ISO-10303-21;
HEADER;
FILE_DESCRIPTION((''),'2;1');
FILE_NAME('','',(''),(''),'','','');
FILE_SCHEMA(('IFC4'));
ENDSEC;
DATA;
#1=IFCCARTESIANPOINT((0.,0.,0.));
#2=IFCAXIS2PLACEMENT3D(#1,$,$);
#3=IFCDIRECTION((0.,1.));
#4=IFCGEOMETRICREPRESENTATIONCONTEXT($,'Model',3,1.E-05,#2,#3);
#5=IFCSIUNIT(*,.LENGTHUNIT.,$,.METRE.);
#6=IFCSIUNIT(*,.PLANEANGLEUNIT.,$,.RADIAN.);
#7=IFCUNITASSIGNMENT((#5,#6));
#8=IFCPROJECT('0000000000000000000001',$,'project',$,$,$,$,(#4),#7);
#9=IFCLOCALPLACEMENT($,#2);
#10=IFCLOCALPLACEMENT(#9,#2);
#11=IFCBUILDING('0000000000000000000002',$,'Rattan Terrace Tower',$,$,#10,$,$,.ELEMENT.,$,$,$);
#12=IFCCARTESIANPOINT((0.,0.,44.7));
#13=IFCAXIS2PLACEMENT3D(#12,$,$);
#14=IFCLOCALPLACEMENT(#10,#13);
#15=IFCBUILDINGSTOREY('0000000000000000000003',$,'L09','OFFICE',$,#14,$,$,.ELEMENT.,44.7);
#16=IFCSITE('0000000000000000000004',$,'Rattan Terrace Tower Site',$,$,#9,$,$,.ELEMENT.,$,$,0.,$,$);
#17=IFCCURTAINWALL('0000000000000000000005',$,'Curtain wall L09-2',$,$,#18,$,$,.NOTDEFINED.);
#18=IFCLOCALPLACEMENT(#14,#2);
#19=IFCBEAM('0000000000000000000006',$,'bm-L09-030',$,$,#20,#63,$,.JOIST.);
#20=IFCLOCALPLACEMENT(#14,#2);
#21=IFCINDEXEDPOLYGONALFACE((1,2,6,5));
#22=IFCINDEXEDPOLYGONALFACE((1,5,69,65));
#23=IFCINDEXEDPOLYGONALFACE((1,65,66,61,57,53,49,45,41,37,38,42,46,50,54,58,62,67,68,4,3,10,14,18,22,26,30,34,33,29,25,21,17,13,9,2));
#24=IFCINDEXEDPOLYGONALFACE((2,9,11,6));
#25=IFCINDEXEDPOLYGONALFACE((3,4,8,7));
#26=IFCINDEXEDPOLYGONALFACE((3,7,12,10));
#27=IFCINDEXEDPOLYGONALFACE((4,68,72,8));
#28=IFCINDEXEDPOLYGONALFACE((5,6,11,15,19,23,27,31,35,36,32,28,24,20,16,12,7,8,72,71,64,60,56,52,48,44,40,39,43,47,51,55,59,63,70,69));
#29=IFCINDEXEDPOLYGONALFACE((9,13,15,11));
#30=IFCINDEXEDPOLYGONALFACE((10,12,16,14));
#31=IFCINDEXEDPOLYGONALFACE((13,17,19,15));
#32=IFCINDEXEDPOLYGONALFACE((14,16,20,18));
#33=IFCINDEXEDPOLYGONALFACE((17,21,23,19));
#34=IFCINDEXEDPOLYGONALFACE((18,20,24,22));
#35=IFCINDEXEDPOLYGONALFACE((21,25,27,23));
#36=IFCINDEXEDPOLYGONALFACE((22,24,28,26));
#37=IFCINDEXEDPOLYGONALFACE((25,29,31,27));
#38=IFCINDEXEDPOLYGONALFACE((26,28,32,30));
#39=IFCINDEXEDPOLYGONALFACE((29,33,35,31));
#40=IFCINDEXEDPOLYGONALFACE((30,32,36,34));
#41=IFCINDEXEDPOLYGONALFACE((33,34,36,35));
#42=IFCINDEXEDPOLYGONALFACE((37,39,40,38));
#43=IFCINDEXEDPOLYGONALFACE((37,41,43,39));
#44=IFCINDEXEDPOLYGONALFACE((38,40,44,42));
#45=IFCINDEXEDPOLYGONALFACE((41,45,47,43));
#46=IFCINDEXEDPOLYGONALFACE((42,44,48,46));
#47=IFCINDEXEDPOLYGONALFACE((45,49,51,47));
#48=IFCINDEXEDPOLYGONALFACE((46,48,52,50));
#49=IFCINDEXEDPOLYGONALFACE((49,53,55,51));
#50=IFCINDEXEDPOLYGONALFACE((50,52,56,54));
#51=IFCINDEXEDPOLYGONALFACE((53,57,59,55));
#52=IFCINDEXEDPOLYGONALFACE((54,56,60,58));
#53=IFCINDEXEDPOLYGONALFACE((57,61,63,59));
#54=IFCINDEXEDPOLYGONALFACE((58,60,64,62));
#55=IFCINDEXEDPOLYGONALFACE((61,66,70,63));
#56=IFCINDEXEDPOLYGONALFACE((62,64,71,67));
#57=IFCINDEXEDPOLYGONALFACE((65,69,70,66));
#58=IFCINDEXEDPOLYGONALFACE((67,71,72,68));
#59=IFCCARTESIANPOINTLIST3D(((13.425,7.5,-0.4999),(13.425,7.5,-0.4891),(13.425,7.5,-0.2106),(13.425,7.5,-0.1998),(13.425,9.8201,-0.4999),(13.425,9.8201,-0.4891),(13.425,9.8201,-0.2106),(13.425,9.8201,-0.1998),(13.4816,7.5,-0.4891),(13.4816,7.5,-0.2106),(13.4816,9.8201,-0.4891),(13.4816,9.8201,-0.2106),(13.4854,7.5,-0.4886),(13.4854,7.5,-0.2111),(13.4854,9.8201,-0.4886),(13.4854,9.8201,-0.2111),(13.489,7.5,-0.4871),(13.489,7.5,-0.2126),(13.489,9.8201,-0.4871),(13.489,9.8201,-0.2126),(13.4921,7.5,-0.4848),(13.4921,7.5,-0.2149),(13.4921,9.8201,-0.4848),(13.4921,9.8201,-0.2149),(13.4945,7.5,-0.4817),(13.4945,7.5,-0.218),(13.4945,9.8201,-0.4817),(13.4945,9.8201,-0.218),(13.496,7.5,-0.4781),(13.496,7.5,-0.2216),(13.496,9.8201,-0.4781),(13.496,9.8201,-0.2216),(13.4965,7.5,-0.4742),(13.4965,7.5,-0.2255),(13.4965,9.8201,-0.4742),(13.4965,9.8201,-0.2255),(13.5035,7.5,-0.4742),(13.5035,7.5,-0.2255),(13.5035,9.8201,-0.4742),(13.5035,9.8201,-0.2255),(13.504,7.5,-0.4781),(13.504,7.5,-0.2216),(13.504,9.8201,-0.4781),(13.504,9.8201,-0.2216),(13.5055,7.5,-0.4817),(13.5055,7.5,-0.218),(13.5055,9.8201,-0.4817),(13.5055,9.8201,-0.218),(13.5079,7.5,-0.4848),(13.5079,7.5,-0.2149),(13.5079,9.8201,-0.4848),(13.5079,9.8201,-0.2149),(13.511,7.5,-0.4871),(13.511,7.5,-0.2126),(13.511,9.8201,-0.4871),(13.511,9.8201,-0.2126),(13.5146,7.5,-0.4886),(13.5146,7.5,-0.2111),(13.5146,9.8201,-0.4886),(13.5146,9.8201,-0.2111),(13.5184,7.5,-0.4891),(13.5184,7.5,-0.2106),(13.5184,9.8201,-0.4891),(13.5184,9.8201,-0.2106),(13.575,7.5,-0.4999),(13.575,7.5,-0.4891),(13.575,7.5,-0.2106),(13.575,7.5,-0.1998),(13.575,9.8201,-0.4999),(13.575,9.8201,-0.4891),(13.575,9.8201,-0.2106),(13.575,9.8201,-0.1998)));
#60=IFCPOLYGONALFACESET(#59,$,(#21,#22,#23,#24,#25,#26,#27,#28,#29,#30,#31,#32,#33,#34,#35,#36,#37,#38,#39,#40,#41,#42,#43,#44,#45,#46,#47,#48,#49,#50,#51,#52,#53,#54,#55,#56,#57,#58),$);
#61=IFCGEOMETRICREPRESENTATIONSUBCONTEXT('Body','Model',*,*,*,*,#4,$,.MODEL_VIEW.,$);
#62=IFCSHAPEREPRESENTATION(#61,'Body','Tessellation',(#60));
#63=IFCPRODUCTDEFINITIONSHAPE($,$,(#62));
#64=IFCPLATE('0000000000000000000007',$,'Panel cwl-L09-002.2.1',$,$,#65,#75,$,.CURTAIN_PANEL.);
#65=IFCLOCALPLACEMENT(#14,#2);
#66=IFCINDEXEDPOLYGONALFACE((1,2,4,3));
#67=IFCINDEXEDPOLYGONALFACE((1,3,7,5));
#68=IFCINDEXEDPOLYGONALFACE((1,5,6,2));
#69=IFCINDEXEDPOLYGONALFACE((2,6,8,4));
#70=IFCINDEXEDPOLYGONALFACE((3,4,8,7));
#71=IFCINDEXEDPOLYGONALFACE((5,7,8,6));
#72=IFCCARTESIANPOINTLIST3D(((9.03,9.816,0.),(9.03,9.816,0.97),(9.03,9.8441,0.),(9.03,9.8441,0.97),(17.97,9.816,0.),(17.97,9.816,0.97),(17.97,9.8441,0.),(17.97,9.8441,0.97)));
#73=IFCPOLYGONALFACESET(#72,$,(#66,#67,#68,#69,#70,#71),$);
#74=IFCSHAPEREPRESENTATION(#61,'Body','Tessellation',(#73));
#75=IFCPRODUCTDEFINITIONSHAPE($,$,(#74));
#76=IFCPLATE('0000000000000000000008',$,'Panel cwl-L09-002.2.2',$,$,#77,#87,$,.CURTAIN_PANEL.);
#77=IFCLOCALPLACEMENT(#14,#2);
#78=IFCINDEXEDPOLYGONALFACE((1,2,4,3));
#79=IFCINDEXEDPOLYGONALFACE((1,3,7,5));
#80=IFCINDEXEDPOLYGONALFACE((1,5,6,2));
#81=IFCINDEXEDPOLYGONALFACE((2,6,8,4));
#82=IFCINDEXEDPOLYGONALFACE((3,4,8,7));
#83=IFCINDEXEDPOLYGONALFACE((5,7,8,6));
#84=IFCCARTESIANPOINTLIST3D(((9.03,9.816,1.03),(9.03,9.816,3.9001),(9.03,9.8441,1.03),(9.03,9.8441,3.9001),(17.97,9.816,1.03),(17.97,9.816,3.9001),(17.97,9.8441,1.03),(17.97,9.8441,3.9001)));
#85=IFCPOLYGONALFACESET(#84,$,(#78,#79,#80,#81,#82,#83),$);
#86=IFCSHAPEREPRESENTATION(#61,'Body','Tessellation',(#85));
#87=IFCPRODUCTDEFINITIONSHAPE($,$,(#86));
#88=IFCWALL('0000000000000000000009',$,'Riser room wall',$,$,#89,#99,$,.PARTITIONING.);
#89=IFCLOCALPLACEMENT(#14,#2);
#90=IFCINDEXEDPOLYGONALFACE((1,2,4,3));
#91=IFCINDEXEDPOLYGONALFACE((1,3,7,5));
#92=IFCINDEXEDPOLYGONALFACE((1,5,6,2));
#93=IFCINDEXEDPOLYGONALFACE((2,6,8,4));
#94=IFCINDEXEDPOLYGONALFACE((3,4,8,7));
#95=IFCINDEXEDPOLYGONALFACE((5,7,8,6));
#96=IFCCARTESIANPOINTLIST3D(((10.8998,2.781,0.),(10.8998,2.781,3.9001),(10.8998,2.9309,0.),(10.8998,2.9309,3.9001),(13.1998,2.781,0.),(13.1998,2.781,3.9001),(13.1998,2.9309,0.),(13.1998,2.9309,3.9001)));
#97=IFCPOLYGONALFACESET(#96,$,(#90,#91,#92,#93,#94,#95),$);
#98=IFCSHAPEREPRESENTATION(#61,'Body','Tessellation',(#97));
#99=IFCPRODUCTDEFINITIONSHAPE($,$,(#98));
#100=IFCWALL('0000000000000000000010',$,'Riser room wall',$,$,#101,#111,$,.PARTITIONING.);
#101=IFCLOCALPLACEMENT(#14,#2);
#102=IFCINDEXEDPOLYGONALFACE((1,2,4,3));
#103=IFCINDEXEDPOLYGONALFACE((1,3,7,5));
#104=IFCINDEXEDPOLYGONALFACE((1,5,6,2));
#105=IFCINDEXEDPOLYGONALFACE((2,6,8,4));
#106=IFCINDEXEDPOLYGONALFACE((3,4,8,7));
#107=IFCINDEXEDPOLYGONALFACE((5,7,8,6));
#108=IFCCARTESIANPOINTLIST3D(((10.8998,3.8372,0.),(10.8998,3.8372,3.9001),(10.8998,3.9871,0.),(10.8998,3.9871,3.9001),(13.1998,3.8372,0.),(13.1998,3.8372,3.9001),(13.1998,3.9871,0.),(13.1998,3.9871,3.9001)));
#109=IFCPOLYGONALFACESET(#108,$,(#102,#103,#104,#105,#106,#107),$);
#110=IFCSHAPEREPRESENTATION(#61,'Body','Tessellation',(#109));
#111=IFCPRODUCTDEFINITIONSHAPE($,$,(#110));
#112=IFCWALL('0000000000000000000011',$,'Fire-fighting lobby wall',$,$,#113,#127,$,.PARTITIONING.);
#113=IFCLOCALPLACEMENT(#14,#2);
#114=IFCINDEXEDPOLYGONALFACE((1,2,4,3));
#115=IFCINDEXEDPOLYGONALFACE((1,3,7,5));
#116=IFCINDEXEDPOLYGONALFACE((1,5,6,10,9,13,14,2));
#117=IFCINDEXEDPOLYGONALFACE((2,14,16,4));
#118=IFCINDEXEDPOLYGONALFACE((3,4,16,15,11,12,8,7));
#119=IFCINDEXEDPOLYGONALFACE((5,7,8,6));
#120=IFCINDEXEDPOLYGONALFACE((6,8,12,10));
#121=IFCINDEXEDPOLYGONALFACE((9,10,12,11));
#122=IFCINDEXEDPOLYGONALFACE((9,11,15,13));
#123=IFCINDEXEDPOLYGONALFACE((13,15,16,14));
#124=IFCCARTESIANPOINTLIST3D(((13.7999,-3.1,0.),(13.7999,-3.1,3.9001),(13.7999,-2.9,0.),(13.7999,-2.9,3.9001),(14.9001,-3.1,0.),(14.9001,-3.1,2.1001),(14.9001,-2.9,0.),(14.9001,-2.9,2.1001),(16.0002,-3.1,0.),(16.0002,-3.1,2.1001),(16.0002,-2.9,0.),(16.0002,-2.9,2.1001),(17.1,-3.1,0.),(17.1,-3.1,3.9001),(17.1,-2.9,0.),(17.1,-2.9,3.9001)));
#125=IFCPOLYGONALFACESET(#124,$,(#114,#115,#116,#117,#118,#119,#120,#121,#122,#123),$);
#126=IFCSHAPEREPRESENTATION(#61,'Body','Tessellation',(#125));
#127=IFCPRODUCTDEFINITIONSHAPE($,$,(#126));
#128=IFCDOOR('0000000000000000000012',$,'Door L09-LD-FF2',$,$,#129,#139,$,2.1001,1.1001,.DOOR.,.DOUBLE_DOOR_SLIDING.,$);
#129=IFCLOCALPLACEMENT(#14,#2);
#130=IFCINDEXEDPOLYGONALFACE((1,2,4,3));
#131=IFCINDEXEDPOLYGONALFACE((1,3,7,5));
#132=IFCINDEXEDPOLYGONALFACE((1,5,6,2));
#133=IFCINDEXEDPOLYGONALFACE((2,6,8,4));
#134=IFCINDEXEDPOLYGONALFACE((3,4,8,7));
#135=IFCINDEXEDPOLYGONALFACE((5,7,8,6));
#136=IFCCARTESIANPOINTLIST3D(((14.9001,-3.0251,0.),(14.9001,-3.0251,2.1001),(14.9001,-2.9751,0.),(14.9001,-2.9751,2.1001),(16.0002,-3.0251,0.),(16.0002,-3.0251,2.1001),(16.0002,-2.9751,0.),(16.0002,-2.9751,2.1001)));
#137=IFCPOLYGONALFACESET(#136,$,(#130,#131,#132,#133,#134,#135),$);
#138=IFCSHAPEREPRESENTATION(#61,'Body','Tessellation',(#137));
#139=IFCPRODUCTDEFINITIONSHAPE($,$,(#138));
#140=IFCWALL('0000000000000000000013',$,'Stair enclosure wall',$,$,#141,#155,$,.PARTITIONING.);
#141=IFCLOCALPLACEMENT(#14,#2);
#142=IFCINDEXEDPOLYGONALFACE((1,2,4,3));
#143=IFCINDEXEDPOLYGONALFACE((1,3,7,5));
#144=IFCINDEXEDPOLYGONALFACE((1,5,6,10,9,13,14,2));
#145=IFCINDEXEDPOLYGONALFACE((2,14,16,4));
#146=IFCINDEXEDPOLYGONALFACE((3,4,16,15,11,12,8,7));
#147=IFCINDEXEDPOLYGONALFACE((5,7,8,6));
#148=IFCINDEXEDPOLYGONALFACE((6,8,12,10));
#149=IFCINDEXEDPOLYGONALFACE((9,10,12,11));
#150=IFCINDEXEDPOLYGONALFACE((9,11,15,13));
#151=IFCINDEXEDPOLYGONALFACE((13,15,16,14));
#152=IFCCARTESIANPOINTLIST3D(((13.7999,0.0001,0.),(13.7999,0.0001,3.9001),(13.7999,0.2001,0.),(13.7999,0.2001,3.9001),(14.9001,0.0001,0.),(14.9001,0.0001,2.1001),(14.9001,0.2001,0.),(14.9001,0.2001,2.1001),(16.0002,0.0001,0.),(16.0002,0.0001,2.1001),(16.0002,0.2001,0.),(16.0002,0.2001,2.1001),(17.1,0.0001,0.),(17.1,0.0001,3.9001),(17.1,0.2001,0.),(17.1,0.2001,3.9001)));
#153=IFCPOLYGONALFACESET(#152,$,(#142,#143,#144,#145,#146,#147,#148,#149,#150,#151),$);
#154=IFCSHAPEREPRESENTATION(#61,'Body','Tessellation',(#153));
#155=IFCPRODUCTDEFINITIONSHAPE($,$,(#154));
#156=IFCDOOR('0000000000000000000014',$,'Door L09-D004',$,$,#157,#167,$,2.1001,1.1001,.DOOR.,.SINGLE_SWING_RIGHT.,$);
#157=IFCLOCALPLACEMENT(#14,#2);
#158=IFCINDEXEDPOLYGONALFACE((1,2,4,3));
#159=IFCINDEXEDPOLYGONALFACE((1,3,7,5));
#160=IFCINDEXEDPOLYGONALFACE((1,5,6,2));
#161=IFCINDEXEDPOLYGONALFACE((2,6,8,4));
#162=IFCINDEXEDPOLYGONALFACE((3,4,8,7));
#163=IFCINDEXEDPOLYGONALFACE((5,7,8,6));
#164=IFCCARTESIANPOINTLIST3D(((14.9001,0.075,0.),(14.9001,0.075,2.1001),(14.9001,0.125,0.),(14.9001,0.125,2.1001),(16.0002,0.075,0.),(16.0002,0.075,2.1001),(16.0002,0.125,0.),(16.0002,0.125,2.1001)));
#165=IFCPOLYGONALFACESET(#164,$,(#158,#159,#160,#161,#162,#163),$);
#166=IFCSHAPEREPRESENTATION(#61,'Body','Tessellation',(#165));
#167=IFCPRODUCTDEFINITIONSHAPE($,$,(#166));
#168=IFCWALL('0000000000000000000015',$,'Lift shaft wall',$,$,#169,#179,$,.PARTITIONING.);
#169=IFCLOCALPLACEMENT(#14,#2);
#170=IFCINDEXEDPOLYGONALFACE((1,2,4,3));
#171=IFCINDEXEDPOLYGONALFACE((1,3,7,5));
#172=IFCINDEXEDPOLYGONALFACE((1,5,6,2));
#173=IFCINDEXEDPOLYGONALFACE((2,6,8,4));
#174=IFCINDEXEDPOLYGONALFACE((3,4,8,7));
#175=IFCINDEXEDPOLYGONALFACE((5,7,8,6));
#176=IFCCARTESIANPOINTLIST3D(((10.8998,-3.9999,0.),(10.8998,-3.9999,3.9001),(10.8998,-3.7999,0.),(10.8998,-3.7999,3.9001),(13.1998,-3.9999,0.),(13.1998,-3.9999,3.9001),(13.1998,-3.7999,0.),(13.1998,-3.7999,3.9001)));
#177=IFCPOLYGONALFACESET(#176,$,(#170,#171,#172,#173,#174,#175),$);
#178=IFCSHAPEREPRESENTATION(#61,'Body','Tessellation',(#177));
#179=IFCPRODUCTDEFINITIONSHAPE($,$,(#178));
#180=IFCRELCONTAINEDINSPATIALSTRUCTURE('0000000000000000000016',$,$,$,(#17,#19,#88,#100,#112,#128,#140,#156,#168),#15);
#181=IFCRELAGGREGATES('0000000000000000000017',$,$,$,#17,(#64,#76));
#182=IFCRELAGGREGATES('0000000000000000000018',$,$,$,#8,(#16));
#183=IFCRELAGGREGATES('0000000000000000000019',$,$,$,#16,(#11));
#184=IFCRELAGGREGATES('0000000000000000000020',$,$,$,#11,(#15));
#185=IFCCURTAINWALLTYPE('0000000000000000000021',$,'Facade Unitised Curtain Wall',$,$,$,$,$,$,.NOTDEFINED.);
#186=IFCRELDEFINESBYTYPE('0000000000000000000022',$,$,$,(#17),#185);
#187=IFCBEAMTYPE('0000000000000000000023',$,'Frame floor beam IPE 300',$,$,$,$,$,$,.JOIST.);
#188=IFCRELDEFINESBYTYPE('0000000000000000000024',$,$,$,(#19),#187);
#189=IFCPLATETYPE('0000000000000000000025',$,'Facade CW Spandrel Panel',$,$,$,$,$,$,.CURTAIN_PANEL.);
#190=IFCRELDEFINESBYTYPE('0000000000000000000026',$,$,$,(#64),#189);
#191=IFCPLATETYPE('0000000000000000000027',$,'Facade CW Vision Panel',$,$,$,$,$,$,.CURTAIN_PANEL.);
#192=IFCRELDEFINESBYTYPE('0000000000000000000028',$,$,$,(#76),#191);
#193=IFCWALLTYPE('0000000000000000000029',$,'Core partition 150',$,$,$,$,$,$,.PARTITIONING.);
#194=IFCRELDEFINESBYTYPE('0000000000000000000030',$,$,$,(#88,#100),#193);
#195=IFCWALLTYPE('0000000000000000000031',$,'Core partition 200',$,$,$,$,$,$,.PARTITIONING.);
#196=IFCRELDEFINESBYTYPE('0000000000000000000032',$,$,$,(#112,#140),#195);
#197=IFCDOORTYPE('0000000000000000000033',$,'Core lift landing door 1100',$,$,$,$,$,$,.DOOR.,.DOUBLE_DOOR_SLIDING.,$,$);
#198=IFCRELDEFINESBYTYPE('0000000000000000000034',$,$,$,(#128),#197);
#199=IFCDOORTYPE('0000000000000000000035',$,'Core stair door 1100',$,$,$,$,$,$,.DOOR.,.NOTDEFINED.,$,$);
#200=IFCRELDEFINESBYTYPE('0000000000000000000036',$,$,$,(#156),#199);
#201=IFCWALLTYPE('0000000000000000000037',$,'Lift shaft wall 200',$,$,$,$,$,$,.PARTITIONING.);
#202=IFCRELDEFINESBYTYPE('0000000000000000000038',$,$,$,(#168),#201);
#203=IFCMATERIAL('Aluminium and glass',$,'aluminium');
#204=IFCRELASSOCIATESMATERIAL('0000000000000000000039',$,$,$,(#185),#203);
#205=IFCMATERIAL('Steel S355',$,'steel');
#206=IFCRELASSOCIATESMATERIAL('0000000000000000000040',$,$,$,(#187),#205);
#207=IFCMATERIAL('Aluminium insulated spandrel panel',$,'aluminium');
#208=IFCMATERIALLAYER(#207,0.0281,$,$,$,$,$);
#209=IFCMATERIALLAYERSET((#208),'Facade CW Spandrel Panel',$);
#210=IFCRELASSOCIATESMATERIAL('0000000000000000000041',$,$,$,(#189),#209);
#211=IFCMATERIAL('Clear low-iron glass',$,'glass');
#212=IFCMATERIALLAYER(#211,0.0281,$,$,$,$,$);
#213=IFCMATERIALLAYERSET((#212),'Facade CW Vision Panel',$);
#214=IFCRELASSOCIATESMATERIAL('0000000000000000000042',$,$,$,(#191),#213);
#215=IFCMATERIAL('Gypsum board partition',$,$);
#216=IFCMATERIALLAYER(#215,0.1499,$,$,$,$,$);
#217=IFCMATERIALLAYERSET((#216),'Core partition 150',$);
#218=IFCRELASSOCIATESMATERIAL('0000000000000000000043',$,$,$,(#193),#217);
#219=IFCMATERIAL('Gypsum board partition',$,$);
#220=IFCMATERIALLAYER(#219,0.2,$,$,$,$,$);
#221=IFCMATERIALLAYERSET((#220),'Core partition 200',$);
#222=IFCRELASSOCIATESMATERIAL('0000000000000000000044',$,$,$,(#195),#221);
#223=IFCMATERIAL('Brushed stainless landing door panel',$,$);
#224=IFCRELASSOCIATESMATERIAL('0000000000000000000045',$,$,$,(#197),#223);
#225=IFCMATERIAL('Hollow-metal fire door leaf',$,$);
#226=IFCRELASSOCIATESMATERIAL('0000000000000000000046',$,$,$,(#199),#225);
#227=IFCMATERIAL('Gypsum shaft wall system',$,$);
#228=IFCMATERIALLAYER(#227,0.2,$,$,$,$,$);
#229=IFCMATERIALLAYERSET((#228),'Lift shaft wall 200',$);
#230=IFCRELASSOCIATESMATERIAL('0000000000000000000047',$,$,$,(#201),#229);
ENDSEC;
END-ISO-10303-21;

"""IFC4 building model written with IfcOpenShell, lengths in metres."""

from ifc_helpers import new_model, si_unit, direction, frame, frame_2d, origin, origin_2d, place, context, subcontext, project, spatial, rectangle, i_section, extrude, material, layer, layer_set, material_profile, profile_set, type_object, element, fill, aggregate, save


model = new_model("IFC4")

# Units and contexts
model_context = context("Model", 3, precision=1e-05, world=origin(), true_north=direction((0.0, 1.0)))
body_context = subcontext(model_context, "Body", "Model", "MODEL_VIEW")
ifc_project = project(units=[si_unit("LENGTHUNIT", "METRE"), si_unit("PLANEANGLEUNIT", "RADIAN")], contexts=[model_context])

# Site, building, storey
site_placement = place(None, origin())
site = spatial("IfcSite", under=ifc_project, at=site_placement, Name="Rattan Terrace Tower Site", CompositionType="ELEMENT", RefElevation=0.0)
building_placement = place(site_placement, origin())
building = spatial("IfcBuilding", under=site, at=building_placement, Name="Rattan Terrace Tower", CompositionType="ELEMENT")
storey_placement = place(building_placement, frame((0.0, 0.0, 44.7)))
storey = spatial("IfcBuildingStorey", under=building, at=storey_placement, Name="L09", Description="OFFICE", CompositionType="ELEMENT", Elevation=44.7)

# Curtain wall
ifc_material_1 = material(Name="Aluminium and glass", Category="aluminium")
curtain_wall_type = type_object("IfcCurtainWallType", Name="Facade Unitised Curtain Wall", PredefinedType="NOTDEFINED", material=ifc_material_1)
curtain_wall_placement = place(storey_placement, origin())
curtain_wall = element("IfcCurtainWall", 1, at=curtain_wall_placement, inside=storey, type_object=curtain_wall_type, Name="Curtain wall L09-2", PredefinedType="NOTDEFINED")

# Beam
ifc_material_2 = material(Name="Steel S355", Category="steel")
ifc_material_profile_1 = material_profile(ifc_material_2, i_section(OverallWidth=0.1499, OverallDepth=0.3, WebThickness=0.0071, FlangeThickness=0.0107, FilletRadius=0.0149, at=origin_2d()), Name="IPE 300")
ifc_profile_set_1 = profile_set([ifc_material_profile_1], Name="Steel S355")
beam_type_1 = type_object("IfcBeamType", Name="Frame floor beam IPE 300", PredefinedType="JOIST", material=ifc_profile_set_1)
for number, where, z_axis, x_axis, name in (
    (2, (13.5, 7.5, -0.3499), (0.0, 1.0, 0.0), (-1.0, 0.0, 0.0), "bm-L09-030"),
):
    element("IfcBeam", number, at=place(storey_placement, frame(where, z_axis=z_axis, x_axis=x_axis)), inside=storey, type_object=beam_type_1, Name=name, PredefinedType="JOIST", context=body_context, shape_type="SweptSolid", body=[
        extrude(i_section(OverallWidth=0.1499, OverallDepth=0.3, WebThickness=0.0071, FlangeThickness=0.0107, FilletRadius=0.0149, at=origin_2d()), origin(), (0.0, 0.0, 1.0), 2.3201),
    ])

# Plates
ifc_material_3 = material(Name="Aluminium insulated spandrel panel", Category="aluminium")
ifc_layer_1 = layer(ifc_material_3, 0.0281)
ifc_layer_set_1 = layer_set([ifc_layer_1], Name="Facade CW Spandrel Panel")
plate_type_1 = type_object("IfcPlateType", Name="Facade CW Spandrel Panel", PredefinedType="CURTAIN_PANEL", material=ifc_layer_set_1)
plate_1_placement = place(storey_placement, frame((13.5, 9.8301, 0.0), z_axis=(0.0, 0.0, 1.0), x_axis=(-1.0, 0.0, 0.0)))
plate_1 = element("IfcPlate", 3, at=plate_1_placement, type_object=plate_type_1, Name="Panel cwl-L09-002.2.1", PredefinedType="CURTAIN_PANEL", context=body_context, shape_type="SweptSolid", body=[
    extrude(rectangle(XDim=8.9399, YDim=0.0281, at=origin_2d()), origin(), (0.0, 0.0, 1.0), 0.97),
])
ifc_material_4 = material(Name="Clear low-iron glass", Category="glass")
ifc_layer_2 = layer(ifc_material_4, 0.0281)
ifc_layer_set_2 = layer_set([ifc_layer_2], Name="Facade CW Vision Panel")
plate_type_2 = type_object("IfcPlateType", Name="Facade CW Vision Panel", PredefinedType="CURTAIN_PANEL", material=ifc_layer_set_2)
plate_2_placement = place(storey_placement, frame((13.5, 9.8301, 1.03), z_axis=(0.0, 0.0, 1.0), x_axis=(-1.0, 0.0, 0.0)))
plate_2 = element("IfcPlate", 4, at=plate_2_placement, type_object=plate_type_2, Name="Panel cwl-L09-002.2.2", PredefinedType="CURTAIN_PANEL", context=body_context, shape_type="SweptSolid", body=[
    extrude(rectangle(XDim=8.9399, YDim=0.0281, at=origin_2d()), origin(), (0.0, 0.0, 1.0), 2.8701),
])
aggregate(curtain_wall, [plate_1, plate_2])

# Walls
ifc_material_5 = material(Name="Gypsum board partition")
ifc_layer_3 = layer(ifc_material_5, 0.1499)
ifc_layer_set_3 = layer_set([ifc_layer_3], Name="Core partition 150")
wall_type_1 = type_object("IfcWallType", Name="Core partition 150", PredefinedType="PARTITIONING", material=ifc_layer_set_3)
for number, where, z_axis, x_axis, name in (
    (5, (10.8999, 2.856, 0.0), (0.0, 0.0, 1.0), (1.0, 0.0, 0.0), "Riser room wall"),
    (6, (10.8999, 3.9121, 0.0), (0.0, 0.0, 1.0), (1.0, 0.0, 0.0), "Riser room wall"),
):
    element("IfcWall", number, at=place(storey_placement, frame(where, z_axis=z_axis, x_axis=x_axis)), inside=storey, type_object=wall_type_1, Name=name, PredefinedType="PARTITIONING", context=body_context, shape_type="SweptSolid", body=[
        extrude(rectangle(XDim=2.3, YDim=0.1499, at=frame_2d((1.1499, 0.0))), origin(), (0.0, 0.0, 1.0), 3.9001),
    ])

# Walls, openings, doors
ifc_material_6 = material(Name="Gypsum board partition")
ifc_layer_4 = layer(ifc_material_6, 0.2)
ifc_layer_set_4 = layer_set([ifc_layer_4], Name="Core partition 200")
wall_type_2 = type_object("IfcWallType", Name="Core partition 200", PredefinedType="PARTITIONING", material=ifc_layer_set_4)
wall_1_placement = place(storey_placement, frame((13.8, -3.0, 0.0), z_axis=(0.0, 0.0, 1.0), x_axis=(1.0, 0.0, 0.0)))
wall_1 = element("IfcWall", 7, at=wall_1_placement, inside=storey, type_object=wall_type_2, Name="Fire-fighting lobby wall", PredefinedType="PARTITIONING", context=body_context, shape_type="SweptSolid", body=[
    extrude(rectangle(XDim=3.3, YDim=0.2, at=frame_2d((1.6499, 0.0))), origin(), (0.0, 0.0, 1.0), 3.9001),
])
opening_1_placement = place(wall_1_placement, frame((1.1001, 0.0, 0.0)))
opening_1 = element("IfcOpeningElement", 8, at=opening_1_placement, cuts=wall_1, PredefinedType="OPENING", context=body_context, shape_type="SweptSolid", body=[
    extrude(rectangle(XDim=1.1001, YDim=2.1001, at=frame_2d((0.55, 1.05))), frame((0.0, 0.1106, 0.0), z_axis=(0.0, -1.0, 0.0), x_axis=(1.0, 0.0, 0.0)), (0.0, 0.0, 1.0), 0.2209),
])
ifc_material_7 = material(Name="Brushed stainless landing door panel")
door_type_1 = type_object("IfcDoorType", Name="Core lift landing door 1100", OperationType="DOUBLE_DOOR_SLIDING", PredefinedType="DOOR", material=ifc_material_7)
door_1_placement = place(opening_1_placement, origin())
door_1 = element("IfcDoor", 9, at=door_1_placement, inside=storey, type_object=door_type_1, Name="Door L09-LD-FF2", OperationType="DOUBLE_DOOR_SLIDING", OverallHeight=2.1001, OverallWidth=1.1001, PredefinedType="DOOR", context=body_context, shape_type="SweptSolid", body=[
    extrude(rectangle(XDim=1.1001, YDim=2.1001, at=frame_2d((0.55, 1.05))), frame((0.0, 0.0249, 0.0), z_axis=(0.0, -1.0, 0.0), x_axis=(1.0, 0.0, 0.0)), (0.0, 0.0, 1.0), 0.05),
])
fill(opening_1, door_1)
wall_2_placement = place(storey_placement, frame((13.8, 0.1001, 0.0), z_axis=(0.0, 0.0, 1.0), x_axis=(1.0, 0.0, 0.0)))
wall_2 = element("IfcWall", 10, at=wall_2_placement, inside=storey, type_object=wall_type_2, Name="Stair enclosure wall", PredefinedType="PARTITIONING", context=body_context, shape_type="SweptSolid", body=[
    extrude(rectangle(XDim=3.3, YDim=0.2, at=frame_2d((1.6499, 0.0))), origin(), (0.0, 0.0, 1.0), 3.9001),
])
opening_2_placement = place(wall_2_placement, frame((1.1001, 0.0, 0.0)))
opening_2 = element("IfcOpeningElement", 11, at=opening_2_placement, cuts=wall_2, PredefinedType="OPENING", context=body_context, shape_type="SweptSolid", body=[
    extrude(rectangle(XDim=1.1001, YDim=2.1001, at=frame_2d((0.55, 1.05))), frame((0.0, 0.1106, 0.0), z_axis=(0.0, -1.0, 0.0), x_axis=(1.0, 0.0, 0.0)), (0.0, 0.0, 1.0), 0.2209),
])
ifc_material_8 = material(Name="Hollow-metal fire door leaf")
door_type_2 = type_object("IfcDoorType", Name="Core stair door 1100", OperationType="NOTDEFINED", PredefinedType="DOOR", material=ifc_material_8)
door_2_placement = place(opening_2_placement, origin())
door_2 = element("IfcDoor", 12, at=door_2_placement, inside=storey, type_object=door_type_2, Name="Door L09-D004", OperationType="SINGLE_SWING_RIGHT", OverallHeight=2.1001, OverallWidth=1.1001, PredefinedType="DOOR", context=body_context, shape_type="SweptSolid", body=[
    extrude(rectangle(XDim=1.1001, YDim=2.1001, at=frame_2d((0.55, 1.05))), frame((0.0, 0.0249, 0.0), z_axis=(0.0, -1.0, 0.0), x_axis=(1.0, 0.0, 0.0)), (0.0, 0.0, 1.0), 0.05),
])
fill(opening_2, door_2)

# Wall
ifc_material_9 = material(Name="Gypsum shaft wall system")
ifc_layer_5 = layer(ifc_material_9, 0.2)
ifc_layer_set_5 = layer_set([ifc_layer_5], Name="Lift shaft wall 200")
wall_type_3 = type_object("IfcWallType", Name="Lift shaft wall 200", PredefinedType="PARTITIONING", material=ifc_layer_set_5)
for number, where, z_axis, x_axis, name in (
    (13, (10.8999, -3.8999, 0.0), (0.0, 0.0, 1.0), (1.0, 0.0, 0.0), "Lift shaft wall"),
):
    element("IfcWall", number, at=place(storey_placement, frame(where, z_axis=z_axis, x_axis=x_axis)), inside=storey, type_object=wall_type_3, Name=name, PredefinedType="PARTITIONING", context=body_context, shape_type="SweptSolid", body=[
        extrude(rectangle(XDim=2.3, YDim=0.2, at=frame_2d((1.1499, 0.0))), origin(), (0.0, 0.0, 1.0), 3.9001),
    ])

save(model, "model.ifc")
